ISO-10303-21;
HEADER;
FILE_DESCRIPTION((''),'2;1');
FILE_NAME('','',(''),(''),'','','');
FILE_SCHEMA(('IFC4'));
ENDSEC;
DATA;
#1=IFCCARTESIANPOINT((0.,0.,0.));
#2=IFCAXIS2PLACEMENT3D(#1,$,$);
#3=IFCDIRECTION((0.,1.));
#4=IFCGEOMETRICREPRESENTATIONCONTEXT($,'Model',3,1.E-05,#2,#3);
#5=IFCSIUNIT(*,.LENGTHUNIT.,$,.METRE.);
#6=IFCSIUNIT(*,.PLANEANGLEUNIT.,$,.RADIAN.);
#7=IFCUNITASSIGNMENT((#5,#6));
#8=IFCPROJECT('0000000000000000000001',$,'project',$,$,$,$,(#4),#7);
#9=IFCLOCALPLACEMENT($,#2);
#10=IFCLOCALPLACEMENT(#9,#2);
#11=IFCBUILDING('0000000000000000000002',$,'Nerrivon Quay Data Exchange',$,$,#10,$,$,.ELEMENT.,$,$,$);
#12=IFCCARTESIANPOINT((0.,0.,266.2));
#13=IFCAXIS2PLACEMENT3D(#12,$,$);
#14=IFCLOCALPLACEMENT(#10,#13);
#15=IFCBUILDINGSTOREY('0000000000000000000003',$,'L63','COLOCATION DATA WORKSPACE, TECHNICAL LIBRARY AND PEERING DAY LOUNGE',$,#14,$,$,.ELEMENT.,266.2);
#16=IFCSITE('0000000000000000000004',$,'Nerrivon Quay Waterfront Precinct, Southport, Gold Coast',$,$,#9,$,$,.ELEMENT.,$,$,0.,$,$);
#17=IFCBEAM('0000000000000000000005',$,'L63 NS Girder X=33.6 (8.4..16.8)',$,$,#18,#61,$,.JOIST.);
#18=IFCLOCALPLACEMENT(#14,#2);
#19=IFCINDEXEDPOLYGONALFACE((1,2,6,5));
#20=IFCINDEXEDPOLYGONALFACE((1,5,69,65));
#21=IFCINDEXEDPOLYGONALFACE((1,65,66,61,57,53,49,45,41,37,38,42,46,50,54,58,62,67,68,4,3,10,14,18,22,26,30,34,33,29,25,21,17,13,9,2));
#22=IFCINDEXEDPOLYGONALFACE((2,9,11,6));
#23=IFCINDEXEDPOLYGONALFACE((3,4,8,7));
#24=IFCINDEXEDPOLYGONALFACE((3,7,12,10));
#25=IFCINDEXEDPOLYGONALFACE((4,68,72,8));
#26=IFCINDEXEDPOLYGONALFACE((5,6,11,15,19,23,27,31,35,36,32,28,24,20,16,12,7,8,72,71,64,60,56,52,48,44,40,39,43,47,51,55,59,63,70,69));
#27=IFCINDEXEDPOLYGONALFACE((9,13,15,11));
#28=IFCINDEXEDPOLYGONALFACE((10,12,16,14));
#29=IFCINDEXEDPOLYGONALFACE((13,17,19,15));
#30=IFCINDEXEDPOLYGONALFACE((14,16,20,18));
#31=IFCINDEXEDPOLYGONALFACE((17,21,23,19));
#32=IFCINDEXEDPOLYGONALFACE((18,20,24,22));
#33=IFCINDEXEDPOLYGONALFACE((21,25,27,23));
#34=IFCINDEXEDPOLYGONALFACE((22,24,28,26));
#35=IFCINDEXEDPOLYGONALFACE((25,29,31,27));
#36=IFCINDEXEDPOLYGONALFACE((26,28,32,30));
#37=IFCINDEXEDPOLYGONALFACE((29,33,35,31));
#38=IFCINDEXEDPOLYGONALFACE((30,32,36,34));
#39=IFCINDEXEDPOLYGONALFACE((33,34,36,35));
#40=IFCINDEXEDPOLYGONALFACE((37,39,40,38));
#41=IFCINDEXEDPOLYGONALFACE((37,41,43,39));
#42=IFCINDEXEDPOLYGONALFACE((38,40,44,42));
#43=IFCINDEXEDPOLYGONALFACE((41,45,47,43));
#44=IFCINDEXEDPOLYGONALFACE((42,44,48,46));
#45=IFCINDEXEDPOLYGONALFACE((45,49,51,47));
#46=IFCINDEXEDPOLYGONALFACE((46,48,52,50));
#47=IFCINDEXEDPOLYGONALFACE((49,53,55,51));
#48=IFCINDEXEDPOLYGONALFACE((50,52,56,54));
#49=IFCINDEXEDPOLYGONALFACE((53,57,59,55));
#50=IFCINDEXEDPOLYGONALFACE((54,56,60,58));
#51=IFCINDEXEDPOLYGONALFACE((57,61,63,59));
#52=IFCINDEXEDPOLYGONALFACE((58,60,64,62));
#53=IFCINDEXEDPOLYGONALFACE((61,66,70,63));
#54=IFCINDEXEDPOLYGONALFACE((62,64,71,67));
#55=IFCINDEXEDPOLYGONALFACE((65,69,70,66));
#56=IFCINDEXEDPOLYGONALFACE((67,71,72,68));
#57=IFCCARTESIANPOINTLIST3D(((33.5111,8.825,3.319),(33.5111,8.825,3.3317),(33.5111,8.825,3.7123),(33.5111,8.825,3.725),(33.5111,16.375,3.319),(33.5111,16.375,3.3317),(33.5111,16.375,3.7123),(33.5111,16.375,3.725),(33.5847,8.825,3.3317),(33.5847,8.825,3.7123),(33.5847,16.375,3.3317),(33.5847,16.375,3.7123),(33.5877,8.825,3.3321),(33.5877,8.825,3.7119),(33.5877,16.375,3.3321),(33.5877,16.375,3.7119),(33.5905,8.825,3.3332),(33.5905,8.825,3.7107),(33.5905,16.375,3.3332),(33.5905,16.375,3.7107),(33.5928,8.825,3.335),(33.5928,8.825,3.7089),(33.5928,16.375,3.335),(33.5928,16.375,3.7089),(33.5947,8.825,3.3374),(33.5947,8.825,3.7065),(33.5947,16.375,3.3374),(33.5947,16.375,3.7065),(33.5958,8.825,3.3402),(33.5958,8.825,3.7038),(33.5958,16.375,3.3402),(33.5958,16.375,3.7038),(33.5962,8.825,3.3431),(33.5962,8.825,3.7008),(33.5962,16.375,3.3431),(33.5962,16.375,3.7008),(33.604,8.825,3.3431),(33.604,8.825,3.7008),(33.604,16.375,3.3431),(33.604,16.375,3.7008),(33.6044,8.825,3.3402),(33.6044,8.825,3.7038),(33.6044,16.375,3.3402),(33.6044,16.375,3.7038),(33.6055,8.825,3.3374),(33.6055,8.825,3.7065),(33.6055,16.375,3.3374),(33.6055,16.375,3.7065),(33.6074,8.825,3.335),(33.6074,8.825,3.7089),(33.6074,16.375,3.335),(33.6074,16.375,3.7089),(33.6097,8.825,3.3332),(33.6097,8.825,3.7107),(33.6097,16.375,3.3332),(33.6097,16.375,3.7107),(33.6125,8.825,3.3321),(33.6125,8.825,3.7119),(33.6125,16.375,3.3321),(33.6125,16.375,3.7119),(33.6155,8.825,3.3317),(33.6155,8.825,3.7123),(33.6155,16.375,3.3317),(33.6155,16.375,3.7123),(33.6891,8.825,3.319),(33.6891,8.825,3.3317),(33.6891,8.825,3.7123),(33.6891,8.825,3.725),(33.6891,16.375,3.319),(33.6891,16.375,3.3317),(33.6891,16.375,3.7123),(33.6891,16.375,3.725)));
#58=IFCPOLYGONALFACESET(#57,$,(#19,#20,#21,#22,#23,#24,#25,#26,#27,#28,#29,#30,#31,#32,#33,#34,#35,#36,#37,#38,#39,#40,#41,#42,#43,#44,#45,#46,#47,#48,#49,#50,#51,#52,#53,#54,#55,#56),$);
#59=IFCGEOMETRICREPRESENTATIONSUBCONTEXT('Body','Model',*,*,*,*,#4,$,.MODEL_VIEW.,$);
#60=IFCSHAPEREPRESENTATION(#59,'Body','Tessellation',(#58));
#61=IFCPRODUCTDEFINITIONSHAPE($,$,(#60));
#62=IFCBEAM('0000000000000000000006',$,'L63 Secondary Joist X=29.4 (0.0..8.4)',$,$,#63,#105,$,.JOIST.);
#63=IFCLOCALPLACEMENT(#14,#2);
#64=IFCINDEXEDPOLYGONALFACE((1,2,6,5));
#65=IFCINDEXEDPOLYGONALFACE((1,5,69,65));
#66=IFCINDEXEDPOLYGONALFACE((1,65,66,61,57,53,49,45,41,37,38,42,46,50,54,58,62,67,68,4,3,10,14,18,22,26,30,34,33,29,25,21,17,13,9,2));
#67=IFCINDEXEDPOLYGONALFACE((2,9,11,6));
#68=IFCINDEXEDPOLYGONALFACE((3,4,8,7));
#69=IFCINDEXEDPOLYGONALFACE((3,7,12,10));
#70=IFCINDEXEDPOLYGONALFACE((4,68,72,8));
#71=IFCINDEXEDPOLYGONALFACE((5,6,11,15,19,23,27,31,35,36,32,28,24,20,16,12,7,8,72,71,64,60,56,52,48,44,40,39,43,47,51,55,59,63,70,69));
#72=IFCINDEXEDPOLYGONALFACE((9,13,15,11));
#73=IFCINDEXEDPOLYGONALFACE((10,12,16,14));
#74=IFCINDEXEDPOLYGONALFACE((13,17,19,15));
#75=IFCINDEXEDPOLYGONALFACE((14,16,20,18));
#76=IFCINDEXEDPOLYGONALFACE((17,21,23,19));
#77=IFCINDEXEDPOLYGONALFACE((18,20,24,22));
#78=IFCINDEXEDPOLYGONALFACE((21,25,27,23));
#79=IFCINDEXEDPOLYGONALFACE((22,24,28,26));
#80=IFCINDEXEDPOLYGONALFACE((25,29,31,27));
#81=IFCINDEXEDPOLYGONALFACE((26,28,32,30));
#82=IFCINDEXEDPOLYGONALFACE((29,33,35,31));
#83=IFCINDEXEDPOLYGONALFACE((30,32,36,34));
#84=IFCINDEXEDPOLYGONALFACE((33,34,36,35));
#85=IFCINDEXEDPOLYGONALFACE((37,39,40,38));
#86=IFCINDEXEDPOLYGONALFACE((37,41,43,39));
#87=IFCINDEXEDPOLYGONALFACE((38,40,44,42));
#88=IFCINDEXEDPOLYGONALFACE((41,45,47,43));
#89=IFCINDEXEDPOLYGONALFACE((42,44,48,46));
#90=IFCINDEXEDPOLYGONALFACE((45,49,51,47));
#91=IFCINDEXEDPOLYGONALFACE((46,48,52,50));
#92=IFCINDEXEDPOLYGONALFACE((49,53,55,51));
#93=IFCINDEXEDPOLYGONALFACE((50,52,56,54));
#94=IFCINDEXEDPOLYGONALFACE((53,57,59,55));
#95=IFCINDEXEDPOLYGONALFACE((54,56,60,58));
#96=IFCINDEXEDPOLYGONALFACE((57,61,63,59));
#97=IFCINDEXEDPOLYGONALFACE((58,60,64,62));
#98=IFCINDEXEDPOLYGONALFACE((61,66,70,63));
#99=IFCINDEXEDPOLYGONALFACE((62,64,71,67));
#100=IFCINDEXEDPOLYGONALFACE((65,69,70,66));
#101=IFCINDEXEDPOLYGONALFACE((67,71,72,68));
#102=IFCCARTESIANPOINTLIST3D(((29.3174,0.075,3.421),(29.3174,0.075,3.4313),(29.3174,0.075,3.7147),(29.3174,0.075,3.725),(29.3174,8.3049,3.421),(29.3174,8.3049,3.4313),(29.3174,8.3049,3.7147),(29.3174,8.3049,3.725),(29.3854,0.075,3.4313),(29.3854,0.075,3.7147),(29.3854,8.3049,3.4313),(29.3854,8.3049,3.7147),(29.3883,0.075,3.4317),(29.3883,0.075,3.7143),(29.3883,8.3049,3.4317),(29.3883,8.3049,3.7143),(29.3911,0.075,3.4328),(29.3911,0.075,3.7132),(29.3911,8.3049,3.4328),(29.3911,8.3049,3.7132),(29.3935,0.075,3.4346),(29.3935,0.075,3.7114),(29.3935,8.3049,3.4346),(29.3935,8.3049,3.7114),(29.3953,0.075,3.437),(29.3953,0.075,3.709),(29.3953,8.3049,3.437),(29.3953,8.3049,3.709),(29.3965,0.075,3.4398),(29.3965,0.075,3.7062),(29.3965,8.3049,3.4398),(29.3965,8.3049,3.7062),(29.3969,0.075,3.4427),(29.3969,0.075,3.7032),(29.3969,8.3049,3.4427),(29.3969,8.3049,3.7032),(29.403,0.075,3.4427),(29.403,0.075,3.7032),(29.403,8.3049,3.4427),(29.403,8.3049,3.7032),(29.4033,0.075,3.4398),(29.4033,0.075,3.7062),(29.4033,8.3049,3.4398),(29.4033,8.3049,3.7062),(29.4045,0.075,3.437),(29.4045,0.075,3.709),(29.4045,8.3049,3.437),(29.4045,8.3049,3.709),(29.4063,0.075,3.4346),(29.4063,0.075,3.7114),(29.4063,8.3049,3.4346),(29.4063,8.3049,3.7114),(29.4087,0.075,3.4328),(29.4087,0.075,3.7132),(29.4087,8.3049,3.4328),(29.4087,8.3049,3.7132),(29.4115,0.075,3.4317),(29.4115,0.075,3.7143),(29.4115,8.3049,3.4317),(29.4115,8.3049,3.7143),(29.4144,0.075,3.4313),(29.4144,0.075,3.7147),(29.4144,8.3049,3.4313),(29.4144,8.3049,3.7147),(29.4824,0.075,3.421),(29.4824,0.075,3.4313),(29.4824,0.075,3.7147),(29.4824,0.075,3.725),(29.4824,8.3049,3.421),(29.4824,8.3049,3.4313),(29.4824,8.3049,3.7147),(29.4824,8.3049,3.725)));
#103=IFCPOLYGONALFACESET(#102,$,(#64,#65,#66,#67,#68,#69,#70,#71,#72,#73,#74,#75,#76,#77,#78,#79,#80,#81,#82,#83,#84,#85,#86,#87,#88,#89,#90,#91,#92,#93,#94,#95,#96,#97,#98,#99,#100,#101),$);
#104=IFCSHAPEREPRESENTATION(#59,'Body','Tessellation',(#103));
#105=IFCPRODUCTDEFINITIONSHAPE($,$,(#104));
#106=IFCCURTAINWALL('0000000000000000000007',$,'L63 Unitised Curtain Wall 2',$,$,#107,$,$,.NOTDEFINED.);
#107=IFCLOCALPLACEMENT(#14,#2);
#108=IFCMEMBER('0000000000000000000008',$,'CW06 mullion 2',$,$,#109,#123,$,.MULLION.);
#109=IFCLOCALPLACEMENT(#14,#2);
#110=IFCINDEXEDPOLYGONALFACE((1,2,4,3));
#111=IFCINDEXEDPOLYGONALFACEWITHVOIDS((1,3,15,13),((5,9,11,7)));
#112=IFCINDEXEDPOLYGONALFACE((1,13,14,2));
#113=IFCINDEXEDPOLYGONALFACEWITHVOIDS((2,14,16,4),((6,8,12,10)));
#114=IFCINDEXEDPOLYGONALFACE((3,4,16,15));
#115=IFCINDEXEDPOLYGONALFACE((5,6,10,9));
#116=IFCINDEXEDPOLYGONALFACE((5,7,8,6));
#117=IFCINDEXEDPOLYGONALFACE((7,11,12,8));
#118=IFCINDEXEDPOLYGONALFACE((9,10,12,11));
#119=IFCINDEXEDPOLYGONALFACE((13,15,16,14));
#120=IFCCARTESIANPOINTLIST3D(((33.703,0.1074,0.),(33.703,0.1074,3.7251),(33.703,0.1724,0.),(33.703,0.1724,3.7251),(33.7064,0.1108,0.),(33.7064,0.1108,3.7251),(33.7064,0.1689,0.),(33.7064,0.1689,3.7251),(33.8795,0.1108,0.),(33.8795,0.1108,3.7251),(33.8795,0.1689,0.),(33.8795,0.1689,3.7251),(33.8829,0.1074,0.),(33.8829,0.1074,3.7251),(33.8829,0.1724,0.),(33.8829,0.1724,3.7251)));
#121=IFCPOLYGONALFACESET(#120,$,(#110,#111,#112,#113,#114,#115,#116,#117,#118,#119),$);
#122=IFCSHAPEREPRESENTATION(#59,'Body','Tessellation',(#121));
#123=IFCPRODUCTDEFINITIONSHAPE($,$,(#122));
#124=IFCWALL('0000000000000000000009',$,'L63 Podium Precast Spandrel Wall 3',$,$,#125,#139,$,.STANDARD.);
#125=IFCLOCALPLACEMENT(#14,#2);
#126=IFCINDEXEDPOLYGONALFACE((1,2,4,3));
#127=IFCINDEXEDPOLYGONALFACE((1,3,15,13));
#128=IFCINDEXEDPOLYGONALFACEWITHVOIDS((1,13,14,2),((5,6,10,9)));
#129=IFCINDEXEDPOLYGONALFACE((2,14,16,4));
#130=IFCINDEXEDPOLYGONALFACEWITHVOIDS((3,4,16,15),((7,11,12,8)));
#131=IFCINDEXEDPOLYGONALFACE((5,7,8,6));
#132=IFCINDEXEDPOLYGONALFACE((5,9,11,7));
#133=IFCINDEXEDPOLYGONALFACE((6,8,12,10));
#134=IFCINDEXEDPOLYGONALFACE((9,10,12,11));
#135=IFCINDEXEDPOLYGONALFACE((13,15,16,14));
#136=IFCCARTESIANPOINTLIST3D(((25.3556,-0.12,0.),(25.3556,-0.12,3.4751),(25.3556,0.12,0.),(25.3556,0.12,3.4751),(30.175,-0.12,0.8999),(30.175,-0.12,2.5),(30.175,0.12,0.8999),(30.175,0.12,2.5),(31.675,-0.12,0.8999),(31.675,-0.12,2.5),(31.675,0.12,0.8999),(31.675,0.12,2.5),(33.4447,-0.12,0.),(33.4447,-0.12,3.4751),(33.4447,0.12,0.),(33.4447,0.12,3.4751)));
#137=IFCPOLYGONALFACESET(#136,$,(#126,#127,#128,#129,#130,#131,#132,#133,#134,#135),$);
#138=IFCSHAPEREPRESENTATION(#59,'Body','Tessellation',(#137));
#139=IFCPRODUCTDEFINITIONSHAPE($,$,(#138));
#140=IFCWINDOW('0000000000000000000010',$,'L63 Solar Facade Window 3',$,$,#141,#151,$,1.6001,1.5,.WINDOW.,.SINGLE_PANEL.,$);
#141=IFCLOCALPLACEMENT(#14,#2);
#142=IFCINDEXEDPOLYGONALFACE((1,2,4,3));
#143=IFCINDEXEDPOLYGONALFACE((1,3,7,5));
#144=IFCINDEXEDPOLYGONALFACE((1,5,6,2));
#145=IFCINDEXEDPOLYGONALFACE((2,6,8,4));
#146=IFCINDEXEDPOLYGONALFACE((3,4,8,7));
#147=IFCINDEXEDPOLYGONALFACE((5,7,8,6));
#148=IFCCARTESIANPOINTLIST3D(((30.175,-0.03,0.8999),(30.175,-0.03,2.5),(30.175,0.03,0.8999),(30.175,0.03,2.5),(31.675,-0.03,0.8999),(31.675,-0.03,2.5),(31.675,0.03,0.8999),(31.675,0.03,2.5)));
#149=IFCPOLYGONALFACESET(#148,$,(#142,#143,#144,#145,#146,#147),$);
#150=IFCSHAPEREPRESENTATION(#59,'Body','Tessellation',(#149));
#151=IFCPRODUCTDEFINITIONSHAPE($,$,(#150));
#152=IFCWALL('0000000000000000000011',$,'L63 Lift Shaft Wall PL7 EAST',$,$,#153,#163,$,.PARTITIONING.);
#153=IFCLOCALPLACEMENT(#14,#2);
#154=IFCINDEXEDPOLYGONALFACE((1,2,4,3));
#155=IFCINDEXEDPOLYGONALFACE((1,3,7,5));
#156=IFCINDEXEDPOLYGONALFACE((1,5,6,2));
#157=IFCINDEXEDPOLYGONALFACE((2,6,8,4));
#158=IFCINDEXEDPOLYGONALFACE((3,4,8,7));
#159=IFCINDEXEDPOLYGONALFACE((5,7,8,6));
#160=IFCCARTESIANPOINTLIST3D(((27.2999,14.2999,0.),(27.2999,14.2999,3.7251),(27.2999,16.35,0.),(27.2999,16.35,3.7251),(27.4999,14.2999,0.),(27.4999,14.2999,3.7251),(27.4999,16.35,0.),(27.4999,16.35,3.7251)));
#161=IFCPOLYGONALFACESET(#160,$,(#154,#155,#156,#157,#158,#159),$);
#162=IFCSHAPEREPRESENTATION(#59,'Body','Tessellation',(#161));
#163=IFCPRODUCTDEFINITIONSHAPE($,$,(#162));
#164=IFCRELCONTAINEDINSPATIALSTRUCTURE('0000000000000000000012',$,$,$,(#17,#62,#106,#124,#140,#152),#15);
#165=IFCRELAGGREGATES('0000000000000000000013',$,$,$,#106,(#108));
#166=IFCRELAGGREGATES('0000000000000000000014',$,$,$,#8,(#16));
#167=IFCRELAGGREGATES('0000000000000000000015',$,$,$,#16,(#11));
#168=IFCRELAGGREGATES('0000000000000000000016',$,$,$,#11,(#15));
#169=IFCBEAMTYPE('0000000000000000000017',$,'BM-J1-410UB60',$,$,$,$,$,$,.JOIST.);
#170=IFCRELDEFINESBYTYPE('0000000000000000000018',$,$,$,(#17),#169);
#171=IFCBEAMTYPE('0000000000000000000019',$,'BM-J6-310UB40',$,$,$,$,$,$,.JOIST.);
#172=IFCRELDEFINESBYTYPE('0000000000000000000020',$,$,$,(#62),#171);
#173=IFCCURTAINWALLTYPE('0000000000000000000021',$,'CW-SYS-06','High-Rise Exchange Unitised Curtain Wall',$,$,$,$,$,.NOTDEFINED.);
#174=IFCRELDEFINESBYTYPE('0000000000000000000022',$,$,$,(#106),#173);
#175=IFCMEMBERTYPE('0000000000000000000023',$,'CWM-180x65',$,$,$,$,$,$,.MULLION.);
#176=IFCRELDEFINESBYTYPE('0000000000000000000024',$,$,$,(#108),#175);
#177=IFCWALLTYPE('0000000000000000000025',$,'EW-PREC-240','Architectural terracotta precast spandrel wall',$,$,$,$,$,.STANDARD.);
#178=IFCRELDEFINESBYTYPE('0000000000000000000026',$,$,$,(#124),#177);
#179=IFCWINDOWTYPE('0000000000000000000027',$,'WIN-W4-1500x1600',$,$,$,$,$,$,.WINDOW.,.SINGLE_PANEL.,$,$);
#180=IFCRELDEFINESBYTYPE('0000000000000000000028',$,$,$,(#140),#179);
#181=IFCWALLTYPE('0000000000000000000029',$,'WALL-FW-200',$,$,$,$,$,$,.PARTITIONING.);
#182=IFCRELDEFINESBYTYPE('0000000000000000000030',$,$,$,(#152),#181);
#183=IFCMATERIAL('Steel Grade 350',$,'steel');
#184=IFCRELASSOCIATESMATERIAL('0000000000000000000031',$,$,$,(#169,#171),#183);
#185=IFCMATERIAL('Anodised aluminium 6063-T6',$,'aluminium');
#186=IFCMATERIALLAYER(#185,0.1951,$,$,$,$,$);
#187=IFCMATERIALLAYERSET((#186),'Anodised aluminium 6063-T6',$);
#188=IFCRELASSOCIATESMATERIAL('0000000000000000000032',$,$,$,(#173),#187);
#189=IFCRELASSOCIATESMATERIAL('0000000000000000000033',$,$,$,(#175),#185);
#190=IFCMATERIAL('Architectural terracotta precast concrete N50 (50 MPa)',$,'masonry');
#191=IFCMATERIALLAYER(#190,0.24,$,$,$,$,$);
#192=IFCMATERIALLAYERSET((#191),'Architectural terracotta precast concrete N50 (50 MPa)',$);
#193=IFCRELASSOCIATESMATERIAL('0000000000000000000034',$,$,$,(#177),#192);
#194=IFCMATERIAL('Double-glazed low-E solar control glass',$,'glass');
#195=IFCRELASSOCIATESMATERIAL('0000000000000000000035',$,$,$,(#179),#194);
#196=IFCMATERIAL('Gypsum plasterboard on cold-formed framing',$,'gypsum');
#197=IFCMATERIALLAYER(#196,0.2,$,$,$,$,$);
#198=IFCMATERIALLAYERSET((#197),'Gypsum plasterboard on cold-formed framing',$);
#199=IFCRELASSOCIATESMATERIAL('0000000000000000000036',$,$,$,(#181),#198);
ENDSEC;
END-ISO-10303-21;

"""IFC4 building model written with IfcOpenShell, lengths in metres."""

from ifc_helpers import new_model, si_unit, direction, frame, frame_2d, origin, origin_2d, place, context, subcontext, project, spatial, rectangle, hollow_rectangle, i_section, extrude, material, layer, layer_set, material_profile, profile_set, type_object, element, fill, aggregate, save


model = new_model("IFC4")

# Units and contexts
model_context = context("Model", 3, precision=1e-05, world=origin(), true_north=direction((0.0, 1.0)))
body_context = subcontext(model_context, "Body", "Model", "MODEL_VIEW")
ifc_project = project(units=[si_unit("LENGTHUNIT", "METRE"), si_unit("PLANEANGLEUNIT", "RADIAN")], contexts=[model_context])

# Site, building, storey
site_placement = place(None, origin())
site = spatial("IfcSite", under=ifc_project, at=site_placement, Name="Nerrivon Quay Waterfront Precinct, Southport, Gold Coast", CompositionType="ELEMENT", RefElevation=0.0)
building_placement = place(site_placement, origin())
building = spatial("IfcBuilding", under=site, at=building_placement, Name="Nerrivon Quay Data Exchange", CompositionType="ELEMENT")
storey_placement = place(building_placement, frame((0.0, 0.0, 266.2)))
storey = spatial("IfcBuildingStorey", under=building, at=storey_placement, Name="L63", Description="COLOCATION DATA WORKSPACE, TECHNICAL LIBRARY AND PEERING DAY LOUNGE", CompositionType="ELEMENT", Elevation=266.2)

# Shared definitions
ifc_material_1 = material(Name="Steel Grade 350", Category="steel")

# Beams
ifc_material_profile_1 = material_profile(ifc_material_1, i_section(OverallWidth=0.178, OverallDepth=0.406, WebThickness=0.0078, FlangeThickness=0.0127, FilletRadius=0.0115, at=origin_2d()), Name="410UB59.7")
ifc_profile_set_1 = profile_set([ifc_material_profile_1], Name="Steel Grade 350")
beam_type_1 = type_object("IfcBeamType", Name="BM-J1-410UB60", PredefinedType="JOIST", material=ifc_profile_set_1)
beam_1_placement = place(storey_placement, frame((33.6001, 8.825, 3.522), z_axis=(0.0, 1.0, 0.0), x_axis=(-1.0, 0.0, 0.0)))
element("IfcBeam", 1, at=beam_1_placement, inside=storey, type_object=beam_type_1, Name="L63 NS Girder X=33.6 (8.4..16.8)", PredefinedType="JOIST", context=body_context, shape_type="SweptSolid", body=[
    extrude(i_section(OverallWidth=0.178, OverallDepth=0.406, WebThickness=0.0078, FlangeThickness=0.0127, FilletRadius=0.0115, at=origin_2d()), origin(), (0.0, 0.0, 1.0), 7.55),
])
ifc_material_profile_2 = material_profile(ifc_material_1, i_section(OverallWidth=0.165, OverallDepth=0.304, WebThickness=0.0061, FlangeThickness=0.0103, FilletRadius=0.0115, at=origin_2d()), Name="310UB40.4")
ifc_profile_set_2 = profile_set([ifc_material_profile_2], Name="Steel Grade 350")
beam_type_2 = type_object("IfcBeamType", Name="BM-J6-310UB40", PredefinedType="JOIST", material=ifc_profile_set_2)
beam_2_placement = place(storey_placement, frame((29.3999, 0.075, 3.573), z_axis=(0.0, 1.0, 0.0), x_axis=(-1.0, 0.0, 0.0)))
element("IfcBeam", 2, at=beam_2_placement, inside=storey, type_object=beam_type_2, Name="L63 Secondary Joist X=29.4 (0.0..8.4)", PredefinedType="JOIST", context=body_context, shape_type="SweptSolid", body=[
    extrude(i_section(OverallWidth=0.165, OverallDepth=0.304, WebThickness=0.0061, FlangeThickness=0.0103, FilletRadius=0.0115, at=origin_2d()), origin(), (0.0, 0.0, 1.0), 8.23),
])

# Curtain wall, member
ifc_material_2 = material(Name="Anodised aluminium 6063-T6", Category="aluminium")
ifc_layer_1 = layer(ifc_material_2, 0.1951)
ifc_layer_set_1 = layer_set([ifc_layer_1], Name="Anodised aluminium 6063-T6")
curtain_wall_type = type_object("IfcCurtainWallType", Name="CW-SYS-06", Description="High-Rise Exchange Unitised Curtain Wall", PredefinedType="NOTDEFINED", material=ifc_layer_set_1)
curtain_wall_placement = place(storey_placement, origin())
curtain_wall = element("IfcCurtainWall", 3, at=curtain_wall_placement, inside=storey, type_object=curtain_wall_type, Name="L63 Unitised Curtain Wall 2", PredefinedType="NOTDEFINED")
ifc_material_profile_3 = material_profile(ifc_material_2, hollow_rectangle(XDim=0.0649, YDim=0.1799, WallThickness=0.0034, at=origin_2d()), Name="ALU-MULL-180x65")
ifc_profile_set_3 = profile_set([ifc_material_profile_3], Name="Anodised aluminium 6063-T6")
member_type = type_object("IfcMemberType", Name="CWM-180x65", PredefinedType="MULLION", material=ifc_profile_set_3)
member_placement = place(storey_placement, frame((33.793, 0.1399, 0.0), z_axis=(0.0, 0.0, 1.0), x_axis=(0.0, -1.0, 0.0)))
member = element("IfcMember", 4, at=member_placement, type_object=member_type, Name="CW06 mullion 2", PredefinedType="MULLION", context=body_context, shape_type="SweptSolid", body=[
    extrude(hollow_rectangle(XDim=0.0649, YDim=0.1799, WallThickness=0.0034, at=origin_2d()), origin(), (0.0, 0.0, 1.0), 3.7251),
])
aggregate(curtain_wall, [member])

# Wall, opening, window
ifc_material_3 = material(Name="Architectural terracotta precast concrete N50 (50 MPa)", Category="masonry")
ifc_layer_2 = layer(ifc_material_3, 0.24)
ifc_layer_set_2 = layer_set([ifc_layer_2], Name="Architectural terracotta precast concrete N50 (50 MPa)")
wall_type_1 = type_object("IfcWallType", Name="EW-PREC-240", Description="Architectural terracotta precast spandrel wall", PredefinedType="STANDARD", material=ifc_layer_set_2)
wall_1_placement = place(storey_placement, frame((33.4446, 0.0, 0.0), z_axis=(0.0, 0.0, 1.0), x_axis=(-1.0, 0.0, 0.0)))
wall_1 = element("IfcWall", 5, at=wall_1_placement, inside=storey, type_object=wall_type_1, Name="L63 Podium Precast Spandrel Wall 3", PredefinedType="STANDARD", context=body_context, shape_type="SweptSolid", body=[
    extrude(rectangle(XDim=8.0891, YDim=0.24, at=frame_2d((4.0444, 0.0))), origin(), (0.0, 0.0, 1.0), 3.4751),
])
opening_1_placement = place(wall_1_placement, frame((1.7695, 0.0, 0.8999)))
opening_1 = element("IfcOpeningElement", 6, at=opening_1_placement, cuts=wall_1, PredefinedType="OPENING", context=body_context, shape_type="SweptSolid", body=[
    extrude(rectangle(XDim=1.5, YDim=1.6001, at=frame_2d((0.75, 0.8))), frame((0.0, 0.1299, 0.0), z_axis=(0.0, -1.0, 0.0), x_axis=(1.0, 0.0, 0.0)), (0.0, 0.0, 1.0), 0.26),
])
ifc_material_4 = material(Name="Double-glazed low-E solar control glass", Category="glass")
window_type = type_object("IfcWindowType", Name="WIN-W4-1500x1600", PartitioningType="SINGLE_PANEL", PredefinedType="WINDOW", material=ifc_material_4)
window_placement = place(opening_1_placement, origin())
window = element("IfcWindow", 7, at=window_placement, inside=storey, type_object=window_type, Name="L63 Solar Facade Window 3", OverallHeight=1.6001, OverallWidth=1.5, PartitioningType="SINGLE_PANEL", PredefinedType="WINDOW", context=body_context, shape_type="SweptSolid", body=[
    extrude(rectangle(XDim=1.5, YDim=1.6001, at=frame_2d((0.75, 0.8))), frame((0.0, 0.03, 0.0), z_axis=(0.0, -1.0, 0.0), x_axis=(1.0, 0.0, 0.0)), (0.0, 0.0, 1.0), 0.0601),
])
fill(opening_1, window)

# Wall
ifc_material_5 = material(Name="Gypsum plasterboard on cold-formed framing", Category="gypsum")
ifc_layer_3 = layer(ifc_material_5, 0.2)
ifc_layer_set_3 = layer_set([ifc_layer_3], Name="Gypsum plasterboard on cold-formed framing")
wall_type_2 = type_object("IfcWallType", Name="WALL-FW-200", PredefinedType="PARTITIONING", material=ifc_layer_set_3)
wall_2_placement = place(storey_placement, frame((27.3999, 14.3, 0.0), z_axis=(0.0, 0.0, 1.0), x_axis=(0.0, 1.0, 0.0)))
element("IfcWall", 8, at=wall_2_placement, inside=storey, type_object=wall_type_2, Name="L63 Lift Shaft Wall PL7 EAST", PredefinedType="PARTITIONING", context=body_context, shape_type="SweptSolid", body=[
    extrude(rectangle(XDim=2.05, YDim=0.2, at=frame_2d((1.0249, 0.0))), origin(), (0.0, 0.0, 1.0), 3.7251),
])

save(model, "model.ifc")
